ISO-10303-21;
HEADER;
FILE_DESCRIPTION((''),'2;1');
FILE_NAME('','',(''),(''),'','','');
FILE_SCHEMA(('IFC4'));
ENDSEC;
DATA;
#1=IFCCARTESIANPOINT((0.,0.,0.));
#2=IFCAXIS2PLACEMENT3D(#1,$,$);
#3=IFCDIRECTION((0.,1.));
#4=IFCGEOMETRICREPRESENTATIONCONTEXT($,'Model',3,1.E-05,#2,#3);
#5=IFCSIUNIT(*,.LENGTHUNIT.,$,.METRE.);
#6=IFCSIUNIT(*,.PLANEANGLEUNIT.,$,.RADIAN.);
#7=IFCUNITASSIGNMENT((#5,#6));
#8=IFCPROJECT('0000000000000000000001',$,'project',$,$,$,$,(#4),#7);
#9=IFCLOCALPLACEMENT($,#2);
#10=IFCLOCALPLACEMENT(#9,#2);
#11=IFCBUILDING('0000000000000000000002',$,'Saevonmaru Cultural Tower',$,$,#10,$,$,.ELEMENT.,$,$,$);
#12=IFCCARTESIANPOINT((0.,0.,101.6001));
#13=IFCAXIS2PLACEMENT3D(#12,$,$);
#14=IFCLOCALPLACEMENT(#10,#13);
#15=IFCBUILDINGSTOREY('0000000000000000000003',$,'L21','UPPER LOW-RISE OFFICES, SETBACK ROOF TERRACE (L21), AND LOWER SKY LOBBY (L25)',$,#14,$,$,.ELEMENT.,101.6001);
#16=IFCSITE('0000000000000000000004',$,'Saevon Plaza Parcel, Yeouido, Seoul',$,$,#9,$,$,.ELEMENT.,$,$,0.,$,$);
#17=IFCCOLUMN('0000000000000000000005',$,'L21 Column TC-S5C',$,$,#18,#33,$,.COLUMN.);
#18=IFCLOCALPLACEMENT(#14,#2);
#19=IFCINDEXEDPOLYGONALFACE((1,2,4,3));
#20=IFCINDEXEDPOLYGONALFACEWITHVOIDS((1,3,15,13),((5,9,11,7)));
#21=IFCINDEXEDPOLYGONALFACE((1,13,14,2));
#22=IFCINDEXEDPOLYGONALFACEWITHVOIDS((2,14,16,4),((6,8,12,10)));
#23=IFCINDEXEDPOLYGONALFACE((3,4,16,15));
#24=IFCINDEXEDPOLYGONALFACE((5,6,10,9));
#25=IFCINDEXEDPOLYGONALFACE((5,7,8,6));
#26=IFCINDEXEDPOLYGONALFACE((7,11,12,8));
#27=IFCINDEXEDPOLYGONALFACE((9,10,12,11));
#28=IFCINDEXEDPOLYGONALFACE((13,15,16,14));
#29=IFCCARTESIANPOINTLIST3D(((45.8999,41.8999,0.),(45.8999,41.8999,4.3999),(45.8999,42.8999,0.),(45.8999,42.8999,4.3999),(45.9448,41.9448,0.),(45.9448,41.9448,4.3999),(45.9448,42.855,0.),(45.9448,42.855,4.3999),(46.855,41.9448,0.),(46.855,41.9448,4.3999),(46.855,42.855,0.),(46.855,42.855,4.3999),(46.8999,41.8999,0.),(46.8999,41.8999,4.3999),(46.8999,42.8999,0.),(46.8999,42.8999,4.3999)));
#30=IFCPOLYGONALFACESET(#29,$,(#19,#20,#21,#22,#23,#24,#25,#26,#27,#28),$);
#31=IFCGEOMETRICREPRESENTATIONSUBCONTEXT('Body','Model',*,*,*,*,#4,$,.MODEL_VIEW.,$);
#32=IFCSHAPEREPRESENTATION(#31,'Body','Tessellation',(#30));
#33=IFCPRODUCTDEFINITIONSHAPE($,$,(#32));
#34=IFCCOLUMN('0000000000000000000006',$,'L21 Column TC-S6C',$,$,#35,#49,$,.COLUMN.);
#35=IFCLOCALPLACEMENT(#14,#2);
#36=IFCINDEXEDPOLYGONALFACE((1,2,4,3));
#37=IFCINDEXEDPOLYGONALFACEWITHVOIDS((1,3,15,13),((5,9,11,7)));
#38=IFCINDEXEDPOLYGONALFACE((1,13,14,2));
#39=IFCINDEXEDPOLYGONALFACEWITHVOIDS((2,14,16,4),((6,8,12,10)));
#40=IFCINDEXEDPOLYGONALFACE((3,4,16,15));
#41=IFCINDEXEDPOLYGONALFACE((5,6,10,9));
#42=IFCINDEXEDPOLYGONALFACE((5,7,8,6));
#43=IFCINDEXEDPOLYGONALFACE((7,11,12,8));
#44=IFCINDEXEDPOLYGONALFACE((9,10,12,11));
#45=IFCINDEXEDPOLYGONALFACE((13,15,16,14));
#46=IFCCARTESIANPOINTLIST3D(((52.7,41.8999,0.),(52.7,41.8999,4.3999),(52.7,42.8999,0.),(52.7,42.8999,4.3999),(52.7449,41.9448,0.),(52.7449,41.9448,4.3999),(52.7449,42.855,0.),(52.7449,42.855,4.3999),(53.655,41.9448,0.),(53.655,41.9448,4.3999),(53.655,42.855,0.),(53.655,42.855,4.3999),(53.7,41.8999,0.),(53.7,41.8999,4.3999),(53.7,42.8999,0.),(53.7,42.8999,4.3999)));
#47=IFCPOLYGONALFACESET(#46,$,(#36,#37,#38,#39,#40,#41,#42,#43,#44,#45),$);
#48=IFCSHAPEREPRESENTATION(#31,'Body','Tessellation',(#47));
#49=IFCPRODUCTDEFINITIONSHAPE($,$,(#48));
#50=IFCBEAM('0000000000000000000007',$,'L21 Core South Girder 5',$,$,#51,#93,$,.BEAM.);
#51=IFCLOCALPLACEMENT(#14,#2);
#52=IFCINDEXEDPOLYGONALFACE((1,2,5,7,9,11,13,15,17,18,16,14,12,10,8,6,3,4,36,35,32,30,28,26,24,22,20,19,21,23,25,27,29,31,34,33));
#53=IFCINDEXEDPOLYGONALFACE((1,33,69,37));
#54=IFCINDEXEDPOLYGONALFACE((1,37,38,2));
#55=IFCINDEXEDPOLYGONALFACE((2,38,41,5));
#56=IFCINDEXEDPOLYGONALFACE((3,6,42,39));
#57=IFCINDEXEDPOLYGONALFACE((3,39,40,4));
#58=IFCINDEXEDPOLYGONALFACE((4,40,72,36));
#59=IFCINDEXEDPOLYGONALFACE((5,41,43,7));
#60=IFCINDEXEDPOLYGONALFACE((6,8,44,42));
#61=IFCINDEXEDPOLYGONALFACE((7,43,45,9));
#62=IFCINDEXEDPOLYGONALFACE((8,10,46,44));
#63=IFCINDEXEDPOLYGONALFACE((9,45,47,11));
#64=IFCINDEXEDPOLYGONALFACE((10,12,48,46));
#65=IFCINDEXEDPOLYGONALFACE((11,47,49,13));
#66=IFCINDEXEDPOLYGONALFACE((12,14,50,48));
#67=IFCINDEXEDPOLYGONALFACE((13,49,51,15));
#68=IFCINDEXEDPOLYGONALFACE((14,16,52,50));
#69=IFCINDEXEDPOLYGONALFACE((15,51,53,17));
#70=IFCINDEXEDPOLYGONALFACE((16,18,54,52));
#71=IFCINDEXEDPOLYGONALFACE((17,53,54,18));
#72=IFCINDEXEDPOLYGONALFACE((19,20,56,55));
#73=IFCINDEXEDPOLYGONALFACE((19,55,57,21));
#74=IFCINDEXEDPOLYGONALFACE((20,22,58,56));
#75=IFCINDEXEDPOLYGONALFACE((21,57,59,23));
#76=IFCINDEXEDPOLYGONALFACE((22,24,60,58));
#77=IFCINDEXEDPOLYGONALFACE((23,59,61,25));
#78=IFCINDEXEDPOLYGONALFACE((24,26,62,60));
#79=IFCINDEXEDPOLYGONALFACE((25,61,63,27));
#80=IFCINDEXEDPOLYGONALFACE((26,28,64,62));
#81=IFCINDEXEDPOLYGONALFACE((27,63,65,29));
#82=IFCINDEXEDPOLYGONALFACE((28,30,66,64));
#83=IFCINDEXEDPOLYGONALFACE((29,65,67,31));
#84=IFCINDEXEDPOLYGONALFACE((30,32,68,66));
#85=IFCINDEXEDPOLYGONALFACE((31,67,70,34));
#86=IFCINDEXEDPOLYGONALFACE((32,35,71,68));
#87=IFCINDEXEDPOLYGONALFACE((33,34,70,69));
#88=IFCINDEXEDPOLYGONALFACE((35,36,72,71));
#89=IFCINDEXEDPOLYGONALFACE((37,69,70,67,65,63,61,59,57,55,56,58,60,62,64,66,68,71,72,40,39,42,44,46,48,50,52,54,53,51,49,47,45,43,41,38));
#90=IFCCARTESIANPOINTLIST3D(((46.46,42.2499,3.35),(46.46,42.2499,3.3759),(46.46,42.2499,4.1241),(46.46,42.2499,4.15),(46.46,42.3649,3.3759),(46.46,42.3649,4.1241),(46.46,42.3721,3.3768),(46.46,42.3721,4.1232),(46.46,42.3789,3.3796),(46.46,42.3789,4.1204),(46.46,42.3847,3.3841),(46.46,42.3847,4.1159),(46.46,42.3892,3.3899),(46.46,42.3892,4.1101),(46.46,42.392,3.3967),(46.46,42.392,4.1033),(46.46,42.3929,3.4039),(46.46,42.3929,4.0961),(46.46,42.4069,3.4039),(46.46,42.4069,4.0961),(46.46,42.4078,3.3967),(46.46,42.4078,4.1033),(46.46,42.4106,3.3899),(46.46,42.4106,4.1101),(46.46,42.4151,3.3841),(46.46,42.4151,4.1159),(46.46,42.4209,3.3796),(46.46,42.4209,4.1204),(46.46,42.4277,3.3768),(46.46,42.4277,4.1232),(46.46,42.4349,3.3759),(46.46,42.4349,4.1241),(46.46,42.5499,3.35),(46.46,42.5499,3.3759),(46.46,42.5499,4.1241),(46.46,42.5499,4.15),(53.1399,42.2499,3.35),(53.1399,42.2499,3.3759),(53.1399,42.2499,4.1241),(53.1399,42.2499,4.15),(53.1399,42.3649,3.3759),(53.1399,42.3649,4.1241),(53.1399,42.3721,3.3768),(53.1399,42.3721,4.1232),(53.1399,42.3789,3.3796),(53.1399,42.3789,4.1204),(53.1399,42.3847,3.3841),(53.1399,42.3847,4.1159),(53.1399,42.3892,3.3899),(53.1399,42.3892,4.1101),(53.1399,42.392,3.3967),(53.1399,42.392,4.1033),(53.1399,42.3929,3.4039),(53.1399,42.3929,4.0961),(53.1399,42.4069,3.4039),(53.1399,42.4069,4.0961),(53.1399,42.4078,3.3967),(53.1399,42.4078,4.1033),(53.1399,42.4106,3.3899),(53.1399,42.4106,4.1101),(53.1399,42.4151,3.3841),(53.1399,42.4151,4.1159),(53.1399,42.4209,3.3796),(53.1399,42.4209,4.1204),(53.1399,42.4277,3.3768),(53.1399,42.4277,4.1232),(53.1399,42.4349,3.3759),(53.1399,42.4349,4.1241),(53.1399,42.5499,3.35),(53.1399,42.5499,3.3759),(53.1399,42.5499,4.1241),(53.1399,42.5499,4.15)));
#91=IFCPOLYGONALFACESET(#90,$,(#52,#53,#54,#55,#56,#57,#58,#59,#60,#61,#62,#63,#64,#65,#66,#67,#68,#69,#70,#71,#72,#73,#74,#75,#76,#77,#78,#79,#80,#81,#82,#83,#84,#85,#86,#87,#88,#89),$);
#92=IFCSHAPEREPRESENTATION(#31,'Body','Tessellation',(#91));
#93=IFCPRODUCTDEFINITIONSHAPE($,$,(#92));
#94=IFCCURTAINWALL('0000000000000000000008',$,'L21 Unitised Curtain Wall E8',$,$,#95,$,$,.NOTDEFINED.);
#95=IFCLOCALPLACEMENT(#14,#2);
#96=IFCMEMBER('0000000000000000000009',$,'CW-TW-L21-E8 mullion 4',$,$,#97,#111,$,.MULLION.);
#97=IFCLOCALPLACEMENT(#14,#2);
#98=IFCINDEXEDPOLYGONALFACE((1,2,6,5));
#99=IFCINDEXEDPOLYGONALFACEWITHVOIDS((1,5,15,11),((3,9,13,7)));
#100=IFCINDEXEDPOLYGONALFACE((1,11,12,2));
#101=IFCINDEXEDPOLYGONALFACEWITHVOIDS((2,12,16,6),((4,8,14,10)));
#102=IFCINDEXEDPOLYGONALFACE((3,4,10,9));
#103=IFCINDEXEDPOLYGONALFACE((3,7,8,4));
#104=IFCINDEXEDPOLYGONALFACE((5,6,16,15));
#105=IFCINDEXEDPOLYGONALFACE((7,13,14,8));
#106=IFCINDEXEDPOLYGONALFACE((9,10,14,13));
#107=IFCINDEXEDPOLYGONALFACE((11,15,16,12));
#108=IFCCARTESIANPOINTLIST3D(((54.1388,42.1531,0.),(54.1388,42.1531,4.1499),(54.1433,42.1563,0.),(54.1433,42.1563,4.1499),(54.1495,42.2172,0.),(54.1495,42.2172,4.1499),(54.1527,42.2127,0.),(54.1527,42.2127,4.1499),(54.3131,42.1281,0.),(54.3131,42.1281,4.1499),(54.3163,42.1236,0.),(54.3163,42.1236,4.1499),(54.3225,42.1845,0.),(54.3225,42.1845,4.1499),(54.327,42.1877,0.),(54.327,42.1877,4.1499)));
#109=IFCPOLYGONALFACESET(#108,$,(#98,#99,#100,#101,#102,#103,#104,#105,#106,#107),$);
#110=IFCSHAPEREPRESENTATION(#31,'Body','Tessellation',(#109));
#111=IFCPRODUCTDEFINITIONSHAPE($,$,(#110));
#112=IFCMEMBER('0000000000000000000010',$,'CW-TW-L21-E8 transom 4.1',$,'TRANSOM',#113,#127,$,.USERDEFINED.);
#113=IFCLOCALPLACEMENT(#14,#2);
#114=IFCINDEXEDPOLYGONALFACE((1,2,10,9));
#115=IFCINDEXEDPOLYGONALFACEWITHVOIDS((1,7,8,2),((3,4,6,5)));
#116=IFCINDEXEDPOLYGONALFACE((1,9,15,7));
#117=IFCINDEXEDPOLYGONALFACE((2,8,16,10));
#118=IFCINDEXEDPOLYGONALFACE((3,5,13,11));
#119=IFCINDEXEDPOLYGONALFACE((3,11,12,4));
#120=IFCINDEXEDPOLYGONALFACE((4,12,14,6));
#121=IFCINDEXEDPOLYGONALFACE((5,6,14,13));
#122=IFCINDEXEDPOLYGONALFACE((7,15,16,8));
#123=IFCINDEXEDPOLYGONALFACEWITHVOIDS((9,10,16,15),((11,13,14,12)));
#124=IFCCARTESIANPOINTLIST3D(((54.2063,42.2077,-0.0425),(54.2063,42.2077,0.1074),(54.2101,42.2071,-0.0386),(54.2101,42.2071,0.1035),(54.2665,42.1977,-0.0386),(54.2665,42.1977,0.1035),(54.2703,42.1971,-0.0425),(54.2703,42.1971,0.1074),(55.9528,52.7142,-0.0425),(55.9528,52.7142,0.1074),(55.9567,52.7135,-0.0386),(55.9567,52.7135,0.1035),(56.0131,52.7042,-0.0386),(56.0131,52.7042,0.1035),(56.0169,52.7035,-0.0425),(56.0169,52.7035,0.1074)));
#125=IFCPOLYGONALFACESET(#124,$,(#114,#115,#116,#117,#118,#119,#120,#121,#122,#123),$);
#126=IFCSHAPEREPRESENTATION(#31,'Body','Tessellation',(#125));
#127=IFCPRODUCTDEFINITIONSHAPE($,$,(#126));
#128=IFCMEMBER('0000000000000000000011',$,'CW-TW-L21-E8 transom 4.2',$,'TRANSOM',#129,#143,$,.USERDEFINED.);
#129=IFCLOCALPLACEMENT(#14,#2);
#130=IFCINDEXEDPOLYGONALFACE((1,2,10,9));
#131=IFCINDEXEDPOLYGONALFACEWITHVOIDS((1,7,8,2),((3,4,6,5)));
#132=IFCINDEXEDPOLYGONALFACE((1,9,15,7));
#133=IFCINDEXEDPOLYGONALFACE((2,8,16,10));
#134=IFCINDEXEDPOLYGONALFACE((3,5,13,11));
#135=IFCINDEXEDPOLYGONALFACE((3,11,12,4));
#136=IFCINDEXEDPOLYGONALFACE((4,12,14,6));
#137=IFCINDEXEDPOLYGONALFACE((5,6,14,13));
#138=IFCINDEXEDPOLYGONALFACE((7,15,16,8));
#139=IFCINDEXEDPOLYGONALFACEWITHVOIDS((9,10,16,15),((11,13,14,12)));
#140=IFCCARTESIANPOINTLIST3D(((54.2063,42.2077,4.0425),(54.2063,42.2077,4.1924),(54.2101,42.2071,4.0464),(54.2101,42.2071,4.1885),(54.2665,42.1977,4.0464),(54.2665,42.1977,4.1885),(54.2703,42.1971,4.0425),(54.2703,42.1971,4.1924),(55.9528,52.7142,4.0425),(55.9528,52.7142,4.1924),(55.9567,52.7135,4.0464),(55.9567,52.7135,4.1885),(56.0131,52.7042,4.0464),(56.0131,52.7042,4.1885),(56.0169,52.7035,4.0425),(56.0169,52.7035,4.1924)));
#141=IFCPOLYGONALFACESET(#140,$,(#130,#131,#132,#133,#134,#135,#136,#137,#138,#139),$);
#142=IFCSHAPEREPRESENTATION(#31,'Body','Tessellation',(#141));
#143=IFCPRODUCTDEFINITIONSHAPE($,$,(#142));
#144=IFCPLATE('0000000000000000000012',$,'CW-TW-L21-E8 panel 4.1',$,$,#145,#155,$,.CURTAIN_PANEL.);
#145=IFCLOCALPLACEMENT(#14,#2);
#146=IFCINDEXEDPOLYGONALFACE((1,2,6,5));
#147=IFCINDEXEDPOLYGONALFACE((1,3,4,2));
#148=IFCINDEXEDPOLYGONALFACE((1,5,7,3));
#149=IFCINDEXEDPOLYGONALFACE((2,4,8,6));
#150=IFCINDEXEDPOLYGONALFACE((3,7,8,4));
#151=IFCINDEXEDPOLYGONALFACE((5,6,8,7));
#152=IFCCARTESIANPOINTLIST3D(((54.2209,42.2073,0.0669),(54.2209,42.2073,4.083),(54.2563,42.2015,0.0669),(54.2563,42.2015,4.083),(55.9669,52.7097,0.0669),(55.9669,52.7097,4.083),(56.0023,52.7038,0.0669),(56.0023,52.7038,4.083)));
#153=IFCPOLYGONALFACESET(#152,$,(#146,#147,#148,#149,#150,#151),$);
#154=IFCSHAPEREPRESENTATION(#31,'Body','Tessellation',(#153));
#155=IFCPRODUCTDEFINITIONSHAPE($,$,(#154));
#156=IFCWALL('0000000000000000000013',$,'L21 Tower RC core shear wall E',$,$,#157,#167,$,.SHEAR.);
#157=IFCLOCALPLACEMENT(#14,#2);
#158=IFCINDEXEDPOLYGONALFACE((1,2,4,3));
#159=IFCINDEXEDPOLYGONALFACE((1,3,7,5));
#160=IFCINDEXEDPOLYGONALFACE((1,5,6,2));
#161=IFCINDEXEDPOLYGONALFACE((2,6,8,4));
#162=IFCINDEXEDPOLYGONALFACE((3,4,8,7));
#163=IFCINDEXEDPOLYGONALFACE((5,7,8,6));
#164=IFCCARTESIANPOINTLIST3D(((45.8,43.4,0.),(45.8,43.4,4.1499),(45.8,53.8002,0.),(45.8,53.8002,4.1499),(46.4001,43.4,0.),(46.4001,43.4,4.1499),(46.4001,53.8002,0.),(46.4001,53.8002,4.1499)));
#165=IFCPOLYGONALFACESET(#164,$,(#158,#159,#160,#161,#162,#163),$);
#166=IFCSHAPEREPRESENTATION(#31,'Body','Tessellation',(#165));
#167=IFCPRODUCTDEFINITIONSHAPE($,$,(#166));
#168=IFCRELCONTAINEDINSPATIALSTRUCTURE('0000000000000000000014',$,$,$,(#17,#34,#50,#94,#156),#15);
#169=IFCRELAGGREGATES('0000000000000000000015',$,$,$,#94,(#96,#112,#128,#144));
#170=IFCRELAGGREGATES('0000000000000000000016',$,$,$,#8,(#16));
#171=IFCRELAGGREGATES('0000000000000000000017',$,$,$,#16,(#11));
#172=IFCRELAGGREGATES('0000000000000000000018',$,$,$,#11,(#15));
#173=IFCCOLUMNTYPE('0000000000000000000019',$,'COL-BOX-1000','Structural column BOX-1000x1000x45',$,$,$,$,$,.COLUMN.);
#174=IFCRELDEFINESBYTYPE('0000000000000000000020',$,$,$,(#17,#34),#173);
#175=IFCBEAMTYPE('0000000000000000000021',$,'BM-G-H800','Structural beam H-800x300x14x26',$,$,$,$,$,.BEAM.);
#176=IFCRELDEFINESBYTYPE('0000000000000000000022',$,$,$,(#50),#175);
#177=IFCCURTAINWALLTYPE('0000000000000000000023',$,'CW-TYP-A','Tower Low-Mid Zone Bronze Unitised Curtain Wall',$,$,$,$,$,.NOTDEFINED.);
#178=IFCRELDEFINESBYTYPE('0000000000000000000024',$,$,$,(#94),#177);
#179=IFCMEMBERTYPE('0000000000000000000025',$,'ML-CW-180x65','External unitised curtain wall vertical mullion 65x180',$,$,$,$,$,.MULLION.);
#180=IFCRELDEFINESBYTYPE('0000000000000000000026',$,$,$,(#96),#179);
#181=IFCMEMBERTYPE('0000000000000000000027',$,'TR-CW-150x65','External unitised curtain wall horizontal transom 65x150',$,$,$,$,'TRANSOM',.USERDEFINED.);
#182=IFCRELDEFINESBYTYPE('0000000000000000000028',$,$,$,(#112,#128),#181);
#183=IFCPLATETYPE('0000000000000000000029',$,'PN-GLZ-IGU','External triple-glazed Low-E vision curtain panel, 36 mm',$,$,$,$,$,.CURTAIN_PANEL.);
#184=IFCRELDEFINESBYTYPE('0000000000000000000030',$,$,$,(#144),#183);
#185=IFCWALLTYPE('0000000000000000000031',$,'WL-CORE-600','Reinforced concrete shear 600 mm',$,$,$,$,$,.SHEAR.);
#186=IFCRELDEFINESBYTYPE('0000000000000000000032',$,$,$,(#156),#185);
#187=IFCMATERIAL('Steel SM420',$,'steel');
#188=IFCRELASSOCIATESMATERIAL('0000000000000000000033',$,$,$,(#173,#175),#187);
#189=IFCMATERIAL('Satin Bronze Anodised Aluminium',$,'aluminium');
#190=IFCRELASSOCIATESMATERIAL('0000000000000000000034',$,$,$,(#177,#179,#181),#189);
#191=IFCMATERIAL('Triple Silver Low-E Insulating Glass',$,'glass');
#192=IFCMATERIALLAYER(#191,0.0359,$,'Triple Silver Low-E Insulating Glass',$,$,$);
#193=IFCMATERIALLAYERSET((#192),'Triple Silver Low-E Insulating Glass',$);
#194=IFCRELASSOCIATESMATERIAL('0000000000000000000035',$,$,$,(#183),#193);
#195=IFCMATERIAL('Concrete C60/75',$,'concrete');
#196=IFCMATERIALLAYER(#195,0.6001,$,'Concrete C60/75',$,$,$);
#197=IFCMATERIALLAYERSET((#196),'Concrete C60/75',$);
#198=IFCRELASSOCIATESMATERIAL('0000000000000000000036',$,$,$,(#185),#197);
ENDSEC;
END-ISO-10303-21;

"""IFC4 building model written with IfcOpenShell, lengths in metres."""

from ifc_helpers import new_model, si_unit, direction, frame, frame_2d, origin, origin_2d, place, context, subcontext, project, spatial, rectangle, hollow_rectangle, i_section, extrude, material, layer, layer_set, material_profile, profile_set, type_object, element, aggregate, save


model = new_model("IFC4")

# Units and contexts
model_context = context("Model", 3, precision=1e-05, world=origin(), true_north=direction((0.0, 1.0)))
body_context = subcontext(model_context, "Body", "Model", "MODEL_VIEW")
ifc_project = project(units=[si_unit("LENGTHUNIT", "METRE"), si_unit("PLANEANGLEUNIT", "RADIAN")], contexts=[model_context])

# Site, building, storey
site_placement = place(None, origin())
site = spatial("IfcSite", under=ifc_project, at=site_placement, Name="Saevon Plaza Parcel, Yeouido, Seoul", CompositionType="ELEMENT", RefElevation=0.0)
building_placement = place(site_placement, origin())
building = spatial("IfcBuilding", under=site, at=building_placement, Name="Saevonmaru Cultural Tower", CompositionType="ELEMENT")
storey_placement = place(building_placement, frame((0.0, 0.0, 101.6001)))
storey = spatial("IfcBuildingStorey", under=building, at=storey_placement, Name="L21", Description="UPPER LOW-RISE OFFICES, SETBACK ROOF TERRACE (L21), AND LOWER SKY LOBBY (L25)", CompositionType="ELEMENT", Elevation=101.6001)

# Columns
ifc_material_1 = material(Name="Steel SM420", Category="steel")
ifc_material_profile_1 = material_profile(ifc_material_1, hollow_rectangle(XDim=1.0, YDim=1.0, WallThickness=0.0449, at=origin_2d()), Name="BOX-1000x1000x45")
ifc_profile_set_1 = profile_set([ifc_material_profile_1], Name="Steel SM420")
column_type = type_object("IfcColumnType", Name="COL-BOX-1000", Description="Structural column BOX-1000x1000x45", PredefinedType="COLUMN", material=ifc_profile_set_1)
for number, where, z_axis, x_axis, name in (
    (1, (46.3999, 42.3999, 0.0), (0.0, 0.0, 1.0), (1.0, 0.0, 0.0), "L21 Column TC-S5C"),
    (2, (53.2, 42.3999, 0.0), (0.0, 0.0, 1.0), (1.0, 0.0, 0.0), "L21 Column TC-S6C"),
):
    element("IfcColumn", number, at=place(storey_placement, frame(where, z_axis=z_axis, x_axis=x_axis)), inside=storey, type_object=column_type, Name=name, PredefinedType="COLUMN", context=body_context, shape_type="SweptSolid", body=[
        extrude(hollow_rectangle(XDim=1.0, YDim=1.0, WallThickness=0.0449, at=origin_2d()), origin(), (0.0, 0.0, 1.0), 4.3999),
    ])

# Beam
ifc_material_profile_2 = material_profile(ifc_material_1, i_section(OverallWidth=0.3, OverallDepth=0.8, WebThickness=0.0139, FlangeThickness=0.0259, FilletRadius=0.0281, at=origin_2d()), Name="H-800x300x14x26")
ifc_profile_set_2 = profile_set([ifc_material_profile_2], Name="Steel SM420")
beam_type = type_object("IfcBeamType", Name="BM-G-H800", Description="Structural beam H-800x300x14x26", PredefinedType="BEAM", material=ifc_profile_set_2)
beam_placement = place(storey_placement, frame((46.46, 42.3999, 3.75), z_axis=(1.0, 0.0, 0.0), x_axis=(0.0, 1.0, 0.0)))
element("IfcBeam", 3, at=beam_placement, inside=storey, type_object=beam_type, Name="L21 Core South Girder 5", PredefinedType="BEAM", context=body_context, shape_type="SweptSolid", body=[
    extrude(i_section(OverallWidth=0.3, OverallDepth=0.8, WebThickness=0.0139, FlangeThickness=0.0259, FilletRadius=0.0281, at=origin_2d()), origin(), (0.0, 0.0, 1.0), 6.6799),
])

# Curtain wall, members, plate
ifc_material_2 = material(Name="Satin Bronze Anodised Aluminium", Category="aluminium")
curtain_wall_type = type_object("IfcCurtainWallType", Name="CW-TYP-A", Description="Tower Low-Mid Zone Bronze Unitised Curtain Wall", PredefinedType="NOTDEFINED", material=ifc_material_2)
curtain_wall_placement = place(storey_placement, origin())
curtain_wall = element("IfcCurtainWall", 4, at=curtain_wall_placement, inside=storey, type_object=curtain_wall_type, Name="L21 Unitised Curtain Wall E8", PredefinedType="NOTDEFINED")
ifc_material_profile_3 = material_profile(ifc_material_2, hollow_rectangle(XDim=0.0649, YDim=0.1799, WallThickness=0.0039, at=origin_2d()), Name="ALU-MULL-180x65x4")
ifc_profile_set_3 = profile_set([ifc_material_profile_3], Name="Satin Bronze Anodised Aluminium")
member_type_1 = type_object("IfcMemberType", Name="ML-CW-180x65", Description="External unitised curtain wall vertical mullion 65x180", PredefinedType="MULLION", material=ifc_profile_set_3)
member_1_placement = place(storey_placement, frame((54.2329, 42.1704, 0.0), z_axis=(0.0, 0.0, 1.0), x_axis=(0.163999, 0.986461, 0.0)))
member_1 = element("IfcMember", 5, at=member_1_placement, type_object=member_type_1, Name="CW-TW-L21-E8 mullion 4", PredefinedType="MULLION", context=body_context, shape_type="SweptSolid", body=[
    extrude(hollow_rectangle(XDim=0.0649, YDim=0.1799, WallThickness=0.0039, at=origin_2d()), origin(), (0.0, 0.0, 1.0), 4.1499),
])
ifc_material_profile_4 = material_profile(ifc_material_2, hollow_rectangle(XDim=0.0649, YDim=0.1499, WallThickness=0.0039, at=origin_2d()), Name="ALU-TRAN-150x65x4")
ifc_profile_set_4 = profile_set([ifc_material_profile_4], Name="Satin Bronze Anodised Aluminium")
member_type_2 = type_object("IfcMemberType", Name="TR-CW-150x65", Description="External unitised curtain wall horizontal transom 65x150", ElementType="TRANSOM", PredefinedType="USERDEFINED", material=ifc_profile_set_4)
member_2_placement = place(storey_placement, frame((54.2383, 42.2024, 0.0325), z_axis=(0.16399, 0.986462, 0.0), x_axis=(-0.986462, 0.16399, 0.0)))
member_2 = element("IfcMember", 6, at=member_2_placement, type_object=member_type_2, Name="CW-TW-L21-E8 transom 4.1", ObjectType="TRANSOM", PredefinedType="USERDEFINED", context=body_context, shape_type="SweptSolid", body=[
    extrude(hollow_rectangle(XDim=0.0649, YDim=0.1499, WallThickness=0.0039, at=origin_2d()), origin(), (0.0, 0.0, 1.0), 10.6506),
])
member_3_placement = place(storey_placement, frame((54.2383, 42.2024, 4.1174), z_axis=(0.16399, 0.986462, 0.0), x_axis=(-0.986462, 0.16399, 0.0)))
member_3 = element("IfcMember", 7, at=member_3_placement, type_object=member_type_2, Name="CW-TW-L21-E8 transom 4.2", ObjectType="TRANSOM", PredefinedType="USERDEFINED", context=body_context, shape_type="SweptSolid", body=[
    extrude(hollow_rectangle(XDim=0.0649, YDim=0.1499, WallThickness=0.0039, at=origin_2d()), origin(), (0.0, 0.0, 1.0), 10.6506),
])
ifc_material_3 = material(Name="Triple Silver Low-E Insulating Glass", Category="glass")
ifc_layer_1 = layer(ifc_material_3, 0.0359, Name="Triple Silver Low-E Insulating Glass")
ifc_layer_set_1 = layer_set([ifc_layer_1], Name="Triple Silver Low-E Insulating Glass")
plate_type = type_object("IfcPlateType", Name="PN-GLZ-IGU", Description="External triple-glazed Low-E vision curtain panel, 36 mm", PredefinedType="CURTAIN_PANEL", material=ifc_layer_set_1)
plate_placement = place(storey_placement, frame((55.1116, 47.4556, 0.0669), z_axis=(0.0, 0.0, 1.0), x_axis=(0.163999, 0.986461, 0.0)))
plate = element("IfcPlate", 8, at=plate_placement, type_object=plate_type, Name="CW-TW-L21-E8 panel 4.1", PredefinedType="CURTAIN_PANEL", context=body_context, shape_type="SweptSolid", body=[
    extrude(rectangle(XDim=10.6465, YDim=0.0359, at=origin_2d()), origin(), (0.0, 0.0, 1.0), 4.0161),
])
aggregate(curtain_wall, [member_1, member_2, member_3, plate])

# Wall
ifc_material_4 = material(Name="Concrete C60/75", Category="concrete")
ifc_layer_2 = layer(ifc_material_4, 0.6001, Name="Concrete C60/75")
ifc_layer_set_2 = layer_set([ifc_layer_2], Name="Concrete C60/75")
wall_type_1 = type_object("IfcWallType", Name="WL-CORE-600", Description="Reinforced concrete shear 600 mm", PredefinedType="SHEAR", material=ifc_layer_set_2)
wall_1_placement = place(storey_placement, frame((46.1001, 43.3999, 0.0), z_axis=(0.0, 0.0, 1.0), x_axis=(0.0, 1.0, 0.0)))
element("IfcWall", 9, at=wall_1_placement, inside=storey, type_object=wall_type_1, Name="L21 Tower RC core shear wall E", PredefinedType="SHEAR", context=body_context, shape_type="SweptSolid", body=[
    extrude(rectangle(XDim=10.4001, YDim=0.6001, at=frame_2d((5.2002, 0.0))), origin(), (0.0, 0.0, 1.0), 4.1499),
])

save(model, "model.ifc")
